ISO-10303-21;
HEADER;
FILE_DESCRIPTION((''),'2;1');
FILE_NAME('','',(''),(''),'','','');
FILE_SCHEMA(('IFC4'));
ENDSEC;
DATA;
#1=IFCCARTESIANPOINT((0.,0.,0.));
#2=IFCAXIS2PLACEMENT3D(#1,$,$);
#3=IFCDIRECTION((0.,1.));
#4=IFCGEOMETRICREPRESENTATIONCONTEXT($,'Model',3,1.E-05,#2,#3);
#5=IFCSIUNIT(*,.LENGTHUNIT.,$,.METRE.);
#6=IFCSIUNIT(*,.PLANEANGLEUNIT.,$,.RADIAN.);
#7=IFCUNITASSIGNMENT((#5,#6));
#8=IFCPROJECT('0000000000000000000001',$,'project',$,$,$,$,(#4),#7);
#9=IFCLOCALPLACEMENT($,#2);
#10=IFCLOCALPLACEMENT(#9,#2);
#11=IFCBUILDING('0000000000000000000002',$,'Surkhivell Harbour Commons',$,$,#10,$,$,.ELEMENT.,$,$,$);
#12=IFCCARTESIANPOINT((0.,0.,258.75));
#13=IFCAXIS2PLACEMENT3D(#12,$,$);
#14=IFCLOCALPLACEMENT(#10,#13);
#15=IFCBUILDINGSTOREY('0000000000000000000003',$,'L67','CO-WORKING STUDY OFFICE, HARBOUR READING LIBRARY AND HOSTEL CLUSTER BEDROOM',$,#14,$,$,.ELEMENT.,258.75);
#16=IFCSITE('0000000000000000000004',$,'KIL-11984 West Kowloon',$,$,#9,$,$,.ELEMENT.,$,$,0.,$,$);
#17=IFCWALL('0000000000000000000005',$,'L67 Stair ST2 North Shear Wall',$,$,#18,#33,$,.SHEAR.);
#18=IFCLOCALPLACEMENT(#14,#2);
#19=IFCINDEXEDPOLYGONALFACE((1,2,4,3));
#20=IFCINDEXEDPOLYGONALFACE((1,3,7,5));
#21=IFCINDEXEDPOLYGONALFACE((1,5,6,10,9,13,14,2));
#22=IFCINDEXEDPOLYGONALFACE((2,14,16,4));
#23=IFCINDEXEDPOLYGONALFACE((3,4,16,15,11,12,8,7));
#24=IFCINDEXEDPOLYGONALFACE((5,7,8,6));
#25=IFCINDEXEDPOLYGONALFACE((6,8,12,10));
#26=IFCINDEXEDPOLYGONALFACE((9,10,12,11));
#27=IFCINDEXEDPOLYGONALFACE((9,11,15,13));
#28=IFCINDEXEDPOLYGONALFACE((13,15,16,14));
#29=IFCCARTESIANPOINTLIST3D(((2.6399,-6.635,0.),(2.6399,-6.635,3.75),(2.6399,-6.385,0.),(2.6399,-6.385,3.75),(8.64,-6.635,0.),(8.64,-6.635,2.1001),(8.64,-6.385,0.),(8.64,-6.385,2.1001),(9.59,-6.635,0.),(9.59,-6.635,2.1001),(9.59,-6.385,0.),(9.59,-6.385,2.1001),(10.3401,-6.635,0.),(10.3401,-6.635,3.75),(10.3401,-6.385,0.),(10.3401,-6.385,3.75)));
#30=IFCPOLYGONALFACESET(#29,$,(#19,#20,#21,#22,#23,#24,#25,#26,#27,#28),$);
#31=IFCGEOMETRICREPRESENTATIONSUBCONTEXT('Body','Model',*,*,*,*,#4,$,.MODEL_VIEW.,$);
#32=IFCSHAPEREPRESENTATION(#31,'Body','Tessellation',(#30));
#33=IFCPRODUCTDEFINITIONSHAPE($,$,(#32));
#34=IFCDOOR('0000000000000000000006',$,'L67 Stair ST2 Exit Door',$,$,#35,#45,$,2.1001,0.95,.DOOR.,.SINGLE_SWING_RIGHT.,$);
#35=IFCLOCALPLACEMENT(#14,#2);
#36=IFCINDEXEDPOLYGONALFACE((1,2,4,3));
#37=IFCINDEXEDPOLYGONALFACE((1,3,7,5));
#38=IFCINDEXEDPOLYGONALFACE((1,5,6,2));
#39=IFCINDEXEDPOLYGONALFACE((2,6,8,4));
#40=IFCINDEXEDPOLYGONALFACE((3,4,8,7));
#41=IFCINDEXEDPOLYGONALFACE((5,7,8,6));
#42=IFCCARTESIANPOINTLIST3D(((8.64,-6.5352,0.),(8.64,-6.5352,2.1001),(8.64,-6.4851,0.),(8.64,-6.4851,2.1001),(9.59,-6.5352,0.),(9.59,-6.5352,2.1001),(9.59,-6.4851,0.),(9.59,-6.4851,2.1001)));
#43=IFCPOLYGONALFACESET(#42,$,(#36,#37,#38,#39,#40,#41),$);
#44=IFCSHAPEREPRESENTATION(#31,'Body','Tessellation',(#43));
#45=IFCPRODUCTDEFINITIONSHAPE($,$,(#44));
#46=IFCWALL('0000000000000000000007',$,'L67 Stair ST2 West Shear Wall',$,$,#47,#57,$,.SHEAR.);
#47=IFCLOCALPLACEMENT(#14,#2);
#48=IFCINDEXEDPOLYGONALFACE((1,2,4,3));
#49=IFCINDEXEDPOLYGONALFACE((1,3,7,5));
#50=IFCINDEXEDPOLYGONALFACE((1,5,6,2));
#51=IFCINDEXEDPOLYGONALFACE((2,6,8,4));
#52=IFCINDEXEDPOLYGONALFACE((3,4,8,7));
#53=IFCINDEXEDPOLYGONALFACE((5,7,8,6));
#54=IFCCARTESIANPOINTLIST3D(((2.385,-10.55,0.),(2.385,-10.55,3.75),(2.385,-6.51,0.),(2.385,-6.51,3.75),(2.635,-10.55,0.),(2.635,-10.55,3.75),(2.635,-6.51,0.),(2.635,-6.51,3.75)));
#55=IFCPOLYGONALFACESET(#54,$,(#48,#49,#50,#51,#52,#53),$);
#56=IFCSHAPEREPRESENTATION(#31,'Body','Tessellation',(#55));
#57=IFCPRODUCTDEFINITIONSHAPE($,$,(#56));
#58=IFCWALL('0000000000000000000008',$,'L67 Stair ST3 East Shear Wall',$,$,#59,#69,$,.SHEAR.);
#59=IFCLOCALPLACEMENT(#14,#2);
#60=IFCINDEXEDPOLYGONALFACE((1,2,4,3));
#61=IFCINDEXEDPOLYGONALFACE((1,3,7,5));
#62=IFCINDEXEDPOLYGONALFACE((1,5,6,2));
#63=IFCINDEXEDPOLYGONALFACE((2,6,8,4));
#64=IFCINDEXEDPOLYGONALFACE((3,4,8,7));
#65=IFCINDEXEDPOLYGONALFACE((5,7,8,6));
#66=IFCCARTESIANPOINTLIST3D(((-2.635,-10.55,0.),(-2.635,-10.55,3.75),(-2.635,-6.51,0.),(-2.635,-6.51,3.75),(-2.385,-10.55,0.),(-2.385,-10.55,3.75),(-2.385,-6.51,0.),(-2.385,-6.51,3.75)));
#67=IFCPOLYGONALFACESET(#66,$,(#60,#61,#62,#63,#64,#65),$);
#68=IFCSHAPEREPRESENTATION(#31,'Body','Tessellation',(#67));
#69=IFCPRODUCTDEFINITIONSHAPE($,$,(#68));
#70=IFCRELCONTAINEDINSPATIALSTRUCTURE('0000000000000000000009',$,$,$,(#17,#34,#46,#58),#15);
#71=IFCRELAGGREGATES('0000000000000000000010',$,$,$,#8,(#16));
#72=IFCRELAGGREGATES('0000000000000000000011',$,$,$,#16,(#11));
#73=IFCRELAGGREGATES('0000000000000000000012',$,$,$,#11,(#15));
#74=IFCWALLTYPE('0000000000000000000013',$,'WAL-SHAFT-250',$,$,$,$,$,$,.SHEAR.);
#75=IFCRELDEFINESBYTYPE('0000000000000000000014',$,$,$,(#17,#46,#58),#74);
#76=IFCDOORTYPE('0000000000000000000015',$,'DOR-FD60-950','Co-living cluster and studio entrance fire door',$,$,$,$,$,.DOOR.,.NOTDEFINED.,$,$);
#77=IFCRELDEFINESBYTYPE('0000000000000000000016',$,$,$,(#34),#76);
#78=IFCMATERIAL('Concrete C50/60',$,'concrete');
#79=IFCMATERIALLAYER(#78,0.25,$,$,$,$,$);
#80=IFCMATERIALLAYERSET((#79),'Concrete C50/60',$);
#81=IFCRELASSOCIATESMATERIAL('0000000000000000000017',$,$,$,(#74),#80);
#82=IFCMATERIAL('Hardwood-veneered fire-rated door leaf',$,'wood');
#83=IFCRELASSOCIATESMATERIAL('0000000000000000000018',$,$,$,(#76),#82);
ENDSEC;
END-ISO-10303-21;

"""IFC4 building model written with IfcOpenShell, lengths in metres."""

from ifc_helpers import new_model, si_unit, direction, frame, frame_2d, origin, place, context, subcontext, project, spatial, rectangle, extrude, material, layer, layer_set, type_object, element, fill, save


model = new_model("IFC4")

# Units and contexts
model_context = context("Model", 3, precision=1e-05, world=origin(), true_north=direction((0.0, 1.0)))
body_context = subcontext(model_context, "Body", "Model", "MODEL_VIEW")
ifc_project = project(units=[si_unit("LENGTHUNIT", "METRE"), si_unit("PLANEANGLEUNIT", "RADIAN")], contexts=[model_context])

# Site, building, storey
site_placement = place(None, origin())
site = spatial("IfcSite", under=ifc_project, at=site_placement, Name="KIL-11984 West Kowloon", CompositionType="ELEMENT", RefElevation=0.0)
building_placement = place(site_placement, origin())
building = spatial("IfcBuilding", under=site, at=building_placement, Name="Surkhivell Harbour Commons", CompositionType="ELEMENT")
storey_placement = place(building_placement, frame((0.0, 0.0, 258.75)))
storey = spatial("IfcBuildingStorey", under=building, at=storey_placement, Name="L67", Description="CO-WORKING STUDY OFFICE, HARBOUR READING LIBRARY AND HOSTEL CLUSTER BEDROOM", CompositionType="ELEMENT", Elevation=258.75)

# Shared definitions
ifc_material_1 = material(Name="Concrete C50/60", Category="concrete")

# Shared definitions
ifc_material_2 = material(Name="Hardwood-veneered fire-rated door leaf", Category="wood")

# Shared definitions
ifc_layer_1 = layer(ifc_material_1, 0.25)
ifc_layer_set_1 = layer_set([ifc_layer_1], Name="Concrete C50/60")
wall_type_1 = type_object("IfcWallType", Name="WAL-SHAFT-250", PredefinedType="SHEAR", material=ifc_layer_set_1)

# Wall, opening, door
wall_1_placement = place(storey_placement, frame((2.6399, -6.51, 0.0), z_axis=(0.0, 0.0, 1.0), x_axis=(1.0, 0.0, 0.0)))
wall_1 = element("IfcWall", 1, at=wall_1_placement, inside=storey, type_object=wall_type_1, Name="L67 Stair ST2 North Shear Wall", PredefinedType="SHEAR", context=body_context, shape_type="SweptSolid", body=[
    extrude(rectangle(XDim=7.7002, YDim=0.25, at=frame_2d((3.8501, 0.0))), origin(), (0.0, 0.0, 1.0), 3.75),
])
opening_1_placement = place(wall_1_placement, frame((6.0, 0.0, 0.0)))
opening_1 = element("IfcOpeningElement", 2, at=opening_1_placement, cuts=wall_1, PredefinedType="OPENING", context=body_context, shape_type="SweptSolid", body=[
    extrude(rectangle(XDim=0.95, YDim=2.1001, at=frame_2d((0.4751, 1.05))), frame((0.0, 0.135, 0.0), z_axis=(0.0, -1.0, 0.0), x_axis=(1.0, 0.0, 0.0)), (0.0, 0.0, 1.0), 0.27),
])
door_type_1 = type_object("IfcDoorType", Name="DOR-FD60-950", Description="Co-living cluster and studio entrance fire door", OperationType="NOTDEFINED", PredefinedType="DOOR", material=ifc_material_2)
door_1_placement = place(opening_1_placement, origin())
door_1 = element("IfcDoor", 3, at=door_1_placement, inside=storey, type_object=door_type_1, Name="L67 Stair ST2 Exit Door", OperationType="SINGLE_SWING_RIGHT", OverallHeight=2.1001, OverallWidth=0.95, PredefinedType="DOOR", context=body_context, shape_type="SweptSolid", body=[
    extrude(rectangle(XDim=0.95, YDim=2.1001, at=frame_2d((0.4751, 1.05))), frame((0.0, 0.0249, 0.0), z_axis=(0.0, -1.0, 0.0), x_axis=(1.0, 0.0, 0.0)), (0.0, 0.0, 1.0), 0.05),
])
fill(opening_1, door_1)

# Walls
for number, where, z_axis, x_axis, name in (
    (4, (2.51, -10.55, 0.0), (0.0, 0.0, 1.0), (0.0, 1.0, 0.0), "L67 Stair ST2 West Shear Wall"),
    (5, (-2.51, -10.55, 0.0), (0.0, 0.0, 1.0), (0.0, 1.0, 0.0), "L67 Stair ST3 East Shear Wall"),
):
    element("IfcWall", number, at=place(storey_placement, frame(where, z_axis=z_axis, x_axis=x_axis)), inside=storey, type_object=wall_type_1, Name=name, PredefinedType="SHEAR", context=body_context, shape_type="SweptSolid", body=[
        extrude(rectangle(XDim=4.04, YDim=0.25, at=frame_2d((2.02, 0.0))), origin(), (0.0, 0.0, 1.0), 3.75),
    ])

save(model, "model.ifc")
